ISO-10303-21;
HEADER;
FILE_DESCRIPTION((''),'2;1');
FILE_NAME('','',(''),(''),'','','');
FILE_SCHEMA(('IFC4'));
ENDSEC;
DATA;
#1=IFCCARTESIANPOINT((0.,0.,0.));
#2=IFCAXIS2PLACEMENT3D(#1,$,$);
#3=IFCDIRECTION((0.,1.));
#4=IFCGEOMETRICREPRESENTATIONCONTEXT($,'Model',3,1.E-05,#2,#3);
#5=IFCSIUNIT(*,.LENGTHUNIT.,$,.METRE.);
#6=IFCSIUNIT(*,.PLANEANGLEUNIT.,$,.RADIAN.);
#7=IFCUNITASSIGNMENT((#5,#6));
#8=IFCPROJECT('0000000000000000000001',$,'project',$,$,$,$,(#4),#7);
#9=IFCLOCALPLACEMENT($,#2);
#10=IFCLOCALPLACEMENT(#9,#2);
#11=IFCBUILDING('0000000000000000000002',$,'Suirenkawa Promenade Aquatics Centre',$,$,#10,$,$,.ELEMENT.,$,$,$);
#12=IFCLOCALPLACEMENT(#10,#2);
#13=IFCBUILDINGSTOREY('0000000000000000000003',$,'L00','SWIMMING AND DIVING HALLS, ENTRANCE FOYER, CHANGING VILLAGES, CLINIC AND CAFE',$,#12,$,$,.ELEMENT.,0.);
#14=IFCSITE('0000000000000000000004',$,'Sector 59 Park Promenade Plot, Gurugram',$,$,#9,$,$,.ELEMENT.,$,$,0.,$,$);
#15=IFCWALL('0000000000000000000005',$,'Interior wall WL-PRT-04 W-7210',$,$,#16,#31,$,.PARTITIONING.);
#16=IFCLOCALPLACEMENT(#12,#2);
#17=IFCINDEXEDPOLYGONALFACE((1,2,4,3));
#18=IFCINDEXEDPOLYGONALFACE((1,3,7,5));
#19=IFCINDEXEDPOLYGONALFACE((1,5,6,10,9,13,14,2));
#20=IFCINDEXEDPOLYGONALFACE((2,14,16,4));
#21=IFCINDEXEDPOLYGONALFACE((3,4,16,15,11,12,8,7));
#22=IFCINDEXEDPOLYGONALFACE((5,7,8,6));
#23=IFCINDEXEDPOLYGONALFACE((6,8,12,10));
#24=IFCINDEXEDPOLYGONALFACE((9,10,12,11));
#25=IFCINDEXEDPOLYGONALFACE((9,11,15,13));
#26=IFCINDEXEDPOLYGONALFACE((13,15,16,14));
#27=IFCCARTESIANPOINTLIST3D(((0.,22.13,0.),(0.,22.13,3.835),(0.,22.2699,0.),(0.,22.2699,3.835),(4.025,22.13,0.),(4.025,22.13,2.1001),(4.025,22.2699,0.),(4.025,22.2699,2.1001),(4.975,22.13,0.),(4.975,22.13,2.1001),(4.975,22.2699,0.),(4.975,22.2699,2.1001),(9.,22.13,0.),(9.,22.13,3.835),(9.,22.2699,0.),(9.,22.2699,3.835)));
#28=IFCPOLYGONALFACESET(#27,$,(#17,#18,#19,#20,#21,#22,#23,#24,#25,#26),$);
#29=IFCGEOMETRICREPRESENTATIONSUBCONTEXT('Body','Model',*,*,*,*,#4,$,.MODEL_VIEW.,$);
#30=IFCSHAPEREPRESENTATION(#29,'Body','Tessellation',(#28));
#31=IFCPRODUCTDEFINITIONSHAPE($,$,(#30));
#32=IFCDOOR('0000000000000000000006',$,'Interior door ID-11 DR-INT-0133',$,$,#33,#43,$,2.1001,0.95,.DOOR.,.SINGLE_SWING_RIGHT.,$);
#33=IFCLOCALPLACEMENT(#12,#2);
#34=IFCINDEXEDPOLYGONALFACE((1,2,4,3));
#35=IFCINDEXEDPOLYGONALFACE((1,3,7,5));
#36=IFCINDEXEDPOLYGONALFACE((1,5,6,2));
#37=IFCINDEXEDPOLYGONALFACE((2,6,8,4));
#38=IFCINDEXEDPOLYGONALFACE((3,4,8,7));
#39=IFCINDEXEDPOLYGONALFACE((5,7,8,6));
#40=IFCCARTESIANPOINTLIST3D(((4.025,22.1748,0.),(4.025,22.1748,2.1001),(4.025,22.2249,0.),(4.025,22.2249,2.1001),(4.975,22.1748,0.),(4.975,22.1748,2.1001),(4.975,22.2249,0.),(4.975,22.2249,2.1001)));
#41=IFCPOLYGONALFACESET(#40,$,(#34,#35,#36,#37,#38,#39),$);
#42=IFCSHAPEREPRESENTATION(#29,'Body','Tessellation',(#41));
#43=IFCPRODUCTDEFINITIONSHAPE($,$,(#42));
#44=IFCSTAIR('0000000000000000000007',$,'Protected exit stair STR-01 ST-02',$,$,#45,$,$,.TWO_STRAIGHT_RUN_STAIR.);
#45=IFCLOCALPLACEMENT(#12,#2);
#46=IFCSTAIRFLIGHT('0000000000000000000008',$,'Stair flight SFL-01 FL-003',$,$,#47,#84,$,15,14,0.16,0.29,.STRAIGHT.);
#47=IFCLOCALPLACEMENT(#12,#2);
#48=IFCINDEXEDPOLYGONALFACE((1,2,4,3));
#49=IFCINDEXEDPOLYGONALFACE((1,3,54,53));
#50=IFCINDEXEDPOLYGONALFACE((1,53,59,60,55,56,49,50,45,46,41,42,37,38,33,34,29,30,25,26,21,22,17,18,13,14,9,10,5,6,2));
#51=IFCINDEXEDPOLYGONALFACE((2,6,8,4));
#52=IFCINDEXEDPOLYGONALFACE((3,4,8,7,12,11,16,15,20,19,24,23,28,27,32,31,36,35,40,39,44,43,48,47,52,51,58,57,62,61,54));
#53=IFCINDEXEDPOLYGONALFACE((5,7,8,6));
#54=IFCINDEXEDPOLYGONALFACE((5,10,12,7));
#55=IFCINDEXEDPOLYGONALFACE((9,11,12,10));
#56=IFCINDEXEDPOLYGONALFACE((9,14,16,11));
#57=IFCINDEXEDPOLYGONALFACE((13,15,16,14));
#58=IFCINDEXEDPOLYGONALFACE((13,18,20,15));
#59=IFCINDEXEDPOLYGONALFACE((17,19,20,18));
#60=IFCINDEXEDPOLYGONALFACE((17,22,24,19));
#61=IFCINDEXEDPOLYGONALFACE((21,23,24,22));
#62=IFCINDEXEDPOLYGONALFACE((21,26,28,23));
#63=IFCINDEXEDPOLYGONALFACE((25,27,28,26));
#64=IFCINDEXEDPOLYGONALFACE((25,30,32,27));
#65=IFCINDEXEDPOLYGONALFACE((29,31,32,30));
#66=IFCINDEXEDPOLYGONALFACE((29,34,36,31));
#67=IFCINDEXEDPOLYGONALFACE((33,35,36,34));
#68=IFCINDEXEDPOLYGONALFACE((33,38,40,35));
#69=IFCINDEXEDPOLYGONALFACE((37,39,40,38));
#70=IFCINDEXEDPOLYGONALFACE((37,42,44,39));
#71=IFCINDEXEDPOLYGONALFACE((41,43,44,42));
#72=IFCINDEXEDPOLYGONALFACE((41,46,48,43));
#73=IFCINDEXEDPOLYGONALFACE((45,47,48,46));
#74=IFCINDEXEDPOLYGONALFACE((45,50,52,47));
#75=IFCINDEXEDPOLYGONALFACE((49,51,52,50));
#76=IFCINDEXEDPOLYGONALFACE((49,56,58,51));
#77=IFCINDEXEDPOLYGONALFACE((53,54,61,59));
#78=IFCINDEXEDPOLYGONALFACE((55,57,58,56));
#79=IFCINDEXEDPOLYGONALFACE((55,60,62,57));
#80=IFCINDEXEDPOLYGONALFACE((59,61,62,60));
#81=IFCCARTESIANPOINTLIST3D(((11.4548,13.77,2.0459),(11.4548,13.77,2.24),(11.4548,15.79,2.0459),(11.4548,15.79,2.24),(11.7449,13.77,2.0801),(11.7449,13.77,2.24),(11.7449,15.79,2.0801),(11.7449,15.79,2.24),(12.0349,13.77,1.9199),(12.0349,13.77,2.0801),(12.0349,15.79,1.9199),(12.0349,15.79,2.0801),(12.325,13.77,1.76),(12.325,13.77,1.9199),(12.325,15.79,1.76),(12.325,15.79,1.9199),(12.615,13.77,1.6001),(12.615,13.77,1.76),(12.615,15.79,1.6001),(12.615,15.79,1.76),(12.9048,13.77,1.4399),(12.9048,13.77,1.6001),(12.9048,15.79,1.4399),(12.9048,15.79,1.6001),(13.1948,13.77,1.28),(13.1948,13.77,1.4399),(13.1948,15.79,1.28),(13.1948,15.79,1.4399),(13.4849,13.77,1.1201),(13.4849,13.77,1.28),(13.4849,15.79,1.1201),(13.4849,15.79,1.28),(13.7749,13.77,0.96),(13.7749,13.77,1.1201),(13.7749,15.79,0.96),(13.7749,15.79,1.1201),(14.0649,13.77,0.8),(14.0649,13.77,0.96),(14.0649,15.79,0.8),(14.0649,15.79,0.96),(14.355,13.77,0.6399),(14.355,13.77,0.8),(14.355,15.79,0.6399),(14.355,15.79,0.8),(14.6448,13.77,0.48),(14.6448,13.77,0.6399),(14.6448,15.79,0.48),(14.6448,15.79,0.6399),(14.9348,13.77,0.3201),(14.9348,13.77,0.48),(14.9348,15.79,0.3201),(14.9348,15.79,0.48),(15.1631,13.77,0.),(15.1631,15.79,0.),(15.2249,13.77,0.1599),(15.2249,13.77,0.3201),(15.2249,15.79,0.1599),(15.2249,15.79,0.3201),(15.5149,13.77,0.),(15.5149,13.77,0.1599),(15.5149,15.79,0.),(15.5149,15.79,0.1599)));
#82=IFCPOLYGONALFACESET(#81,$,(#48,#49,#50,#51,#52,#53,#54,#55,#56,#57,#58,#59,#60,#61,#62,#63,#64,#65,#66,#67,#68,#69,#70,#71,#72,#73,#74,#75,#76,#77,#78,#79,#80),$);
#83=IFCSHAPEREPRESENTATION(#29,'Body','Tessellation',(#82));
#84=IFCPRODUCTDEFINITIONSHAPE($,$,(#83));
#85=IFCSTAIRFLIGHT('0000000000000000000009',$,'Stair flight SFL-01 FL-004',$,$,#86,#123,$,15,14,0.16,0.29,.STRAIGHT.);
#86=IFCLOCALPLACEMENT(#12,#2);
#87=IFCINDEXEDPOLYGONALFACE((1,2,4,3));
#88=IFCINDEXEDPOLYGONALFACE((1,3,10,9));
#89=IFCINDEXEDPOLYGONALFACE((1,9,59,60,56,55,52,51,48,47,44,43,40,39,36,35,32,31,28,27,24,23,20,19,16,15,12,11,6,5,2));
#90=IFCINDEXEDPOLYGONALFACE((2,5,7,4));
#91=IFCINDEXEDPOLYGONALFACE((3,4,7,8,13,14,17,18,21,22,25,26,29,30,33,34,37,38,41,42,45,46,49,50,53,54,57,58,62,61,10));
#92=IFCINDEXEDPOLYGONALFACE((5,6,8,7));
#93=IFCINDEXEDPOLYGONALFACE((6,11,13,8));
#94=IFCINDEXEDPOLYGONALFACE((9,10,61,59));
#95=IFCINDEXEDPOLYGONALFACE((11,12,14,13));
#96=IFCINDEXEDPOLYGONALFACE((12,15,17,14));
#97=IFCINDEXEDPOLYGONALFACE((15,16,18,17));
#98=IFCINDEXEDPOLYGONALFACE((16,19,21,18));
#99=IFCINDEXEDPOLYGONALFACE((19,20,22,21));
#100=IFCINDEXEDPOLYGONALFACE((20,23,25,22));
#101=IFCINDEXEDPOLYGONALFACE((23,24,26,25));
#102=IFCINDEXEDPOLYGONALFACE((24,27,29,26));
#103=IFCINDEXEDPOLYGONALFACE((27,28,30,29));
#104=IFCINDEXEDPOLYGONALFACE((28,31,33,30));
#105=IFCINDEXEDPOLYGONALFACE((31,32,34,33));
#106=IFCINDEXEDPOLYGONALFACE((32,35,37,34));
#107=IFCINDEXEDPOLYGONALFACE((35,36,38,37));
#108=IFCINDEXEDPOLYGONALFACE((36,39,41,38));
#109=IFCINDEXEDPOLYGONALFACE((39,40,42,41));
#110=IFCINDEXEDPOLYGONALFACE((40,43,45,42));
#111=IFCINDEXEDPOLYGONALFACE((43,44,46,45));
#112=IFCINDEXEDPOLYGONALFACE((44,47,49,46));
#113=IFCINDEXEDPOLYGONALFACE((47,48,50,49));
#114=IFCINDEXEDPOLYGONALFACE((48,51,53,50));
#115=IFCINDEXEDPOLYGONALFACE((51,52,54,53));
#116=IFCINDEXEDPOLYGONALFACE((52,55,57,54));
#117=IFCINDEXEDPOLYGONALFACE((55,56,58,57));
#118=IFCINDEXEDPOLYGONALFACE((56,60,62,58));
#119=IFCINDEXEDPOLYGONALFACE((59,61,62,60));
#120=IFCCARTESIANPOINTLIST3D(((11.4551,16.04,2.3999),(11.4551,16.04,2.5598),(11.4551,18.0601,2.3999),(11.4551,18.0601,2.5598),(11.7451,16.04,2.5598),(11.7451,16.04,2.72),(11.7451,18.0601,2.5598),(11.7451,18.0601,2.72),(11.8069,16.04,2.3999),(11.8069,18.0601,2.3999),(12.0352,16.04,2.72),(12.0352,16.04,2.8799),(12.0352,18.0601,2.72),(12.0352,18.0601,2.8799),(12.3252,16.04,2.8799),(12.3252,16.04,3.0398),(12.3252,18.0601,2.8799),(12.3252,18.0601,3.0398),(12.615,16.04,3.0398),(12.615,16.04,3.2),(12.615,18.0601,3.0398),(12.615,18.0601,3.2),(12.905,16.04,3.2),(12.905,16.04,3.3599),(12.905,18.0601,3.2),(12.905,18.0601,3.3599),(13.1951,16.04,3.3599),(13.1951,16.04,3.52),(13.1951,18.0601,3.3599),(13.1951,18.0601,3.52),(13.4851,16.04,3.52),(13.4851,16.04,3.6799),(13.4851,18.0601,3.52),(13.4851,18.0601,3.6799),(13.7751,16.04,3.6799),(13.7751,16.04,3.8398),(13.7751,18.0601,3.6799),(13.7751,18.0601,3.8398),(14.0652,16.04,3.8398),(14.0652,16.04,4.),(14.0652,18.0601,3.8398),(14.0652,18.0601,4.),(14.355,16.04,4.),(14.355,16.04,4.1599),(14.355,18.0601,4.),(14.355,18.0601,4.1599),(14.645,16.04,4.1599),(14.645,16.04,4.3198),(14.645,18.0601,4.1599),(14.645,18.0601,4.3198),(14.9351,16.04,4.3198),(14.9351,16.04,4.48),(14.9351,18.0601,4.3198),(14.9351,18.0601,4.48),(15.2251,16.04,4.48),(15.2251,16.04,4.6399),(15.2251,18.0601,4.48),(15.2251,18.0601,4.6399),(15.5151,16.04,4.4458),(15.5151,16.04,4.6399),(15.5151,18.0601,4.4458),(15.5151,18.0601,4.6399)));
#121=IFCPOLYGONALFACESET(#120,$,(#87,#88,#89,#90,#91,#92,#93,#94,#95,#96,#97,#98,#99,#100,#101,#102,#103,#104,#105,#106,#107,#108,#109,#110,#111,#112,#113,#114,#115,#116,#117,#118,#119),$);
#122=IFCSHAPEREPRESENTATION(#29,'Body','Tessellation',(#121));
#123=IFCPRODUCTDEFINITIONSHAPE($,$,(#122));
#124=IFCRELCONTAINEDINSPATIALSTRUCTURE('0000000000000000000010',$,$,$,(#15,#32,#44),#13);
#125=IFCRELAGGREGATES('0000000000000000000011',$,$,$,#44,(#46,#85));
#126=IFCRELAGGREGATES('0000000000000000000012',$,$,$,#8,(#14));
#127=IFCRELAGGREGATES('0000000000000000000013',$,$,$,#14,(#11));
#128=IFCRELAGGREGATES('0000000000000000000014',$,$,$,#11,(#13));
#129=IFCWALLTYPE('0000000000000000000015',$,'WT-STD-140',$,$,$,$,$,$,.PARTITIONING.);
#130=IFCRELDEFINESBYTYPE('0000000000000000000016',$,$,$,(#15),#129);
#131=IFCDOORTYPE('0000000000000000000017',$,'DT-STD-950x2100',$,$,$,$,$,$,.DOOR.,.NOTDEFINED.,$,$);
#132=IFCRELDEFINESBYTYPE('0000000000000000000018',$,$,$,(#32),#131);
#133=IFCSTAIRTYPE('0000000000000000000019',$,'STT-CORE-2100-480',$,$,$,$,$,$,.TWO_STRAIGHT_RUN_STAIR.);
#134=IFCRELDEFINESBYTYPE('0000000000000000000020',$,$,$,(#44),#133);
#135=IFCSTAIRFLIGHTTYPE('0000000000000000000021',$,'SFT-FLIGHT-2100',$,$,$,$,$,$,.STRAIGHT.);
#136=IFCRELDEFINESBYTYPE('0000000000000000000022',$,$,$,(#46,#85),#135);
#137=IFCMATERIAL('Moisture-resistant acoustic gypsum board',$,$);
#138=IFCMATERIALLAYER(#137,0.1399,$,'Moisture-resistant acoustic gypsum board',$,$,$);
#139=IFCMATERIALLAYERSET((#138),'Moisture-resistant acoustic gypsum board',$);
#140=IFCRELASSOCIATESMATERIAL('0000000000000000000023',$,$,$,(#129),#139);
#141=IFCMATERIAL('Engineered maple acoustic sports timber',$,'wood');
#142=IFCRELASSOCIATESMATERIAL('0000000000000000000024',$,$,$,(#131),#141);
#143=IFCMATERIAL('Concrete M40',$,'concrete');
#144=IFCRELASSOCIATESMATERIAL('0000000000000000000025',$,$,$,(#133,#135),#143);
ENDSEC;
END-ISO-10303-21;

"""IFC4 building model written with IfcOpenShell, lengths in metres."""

from ifc_helpers import new_model, si_unit, direction, frame, frame_2d, origin, place, context, subcontext, project, spatial, polyline, rectangle, outline, extrude, material, layer, layer_set, type_object, element, fill, aggregate, save


model = new_model("IFC4")

# Units and contexts
model_context = context("Model", 3, precision=1e-05, world=origin(), true_north=direction((0.0, 1.0)))
body_context = subcontext(model_context, "Body", "Model", "MODEL_VIEW")
ifc_project = project(units=[si_unit("LENGTHUNIT", "METRE"), si_unit("PLANEANGLEUNIT", "RADIAN")], contexts=[model_context])

# Site, building, storey
site_placement = place(None, origin())
site = spatial("IfcSite", under=ifc_project, at=site_placement, Name="Sector 59 Park Promenade Plot, Gurugram", CompositionType="ELEMENT", RefElevation=0.0)
building_placement = place(site_placement, origin())
building = spatial("IfcBuilding", under=site, at=building_placement, Name="Suirenkawa Promenade Aquatics Centre", CompositionType="ELEMENT")
storey_placement = place(building_placement, origin())
storey = spatial("IfcBuildingStorey", under=building, at=storey_placement, Name="L00", Description="SWIMMING AND DIVING HALLS, ENTRANCE FOYER, CHANGING VILLAGES, CLINIC AND CAFE", CompositionType="ELEMENT", Elevation=0.0)

# Shared definitions
ifc_material_1 = material(Name="Concrete M40", Category="concrete")

# Shared definitions
ifc_material_2 = material(Name="Moisture-resistant acoustic gypsum board")

# Wall, opening, door
ifc_layer_1 = layer(ifc_material_2, 0.1399, Name="Moisture-resistant acoustic gypsum board")
ifc_layer_set_1 = layer_set([ifc_layer_1], Name="Moisture-resistant acoustic gypsum board")
wall_type_1 = type_object("IfcWallType", Name="WT-STD-140", PredefinedType="PARTITIONING", material=ifc_layer_set_1)
wall_1_placement = place(storey_placement, frame((0.0, 22.2, 0.0), z_axis=(0.0, 0.0, 1.0), x_axis=(1.0, 0.0, 0.0)))
wall_1 = element("IfcWall", 1, at=wall_1_placement, inside=storey, type_object=wall_type_1, Name="Interior wall WL-PRT-04 W-7210", PredefinedType="PARTITIONING", context=body_context, shape_type="SweptSolid", body=[
    extrude(rectangle(XDim=9.0, YDim=0.1399, at=frame_2d((4.5, 0.0))), origin(), (0.0, 0.0, 1.0), 3.835),
])
opening_1_placement = place(wall_1_placement, frame((4.0249, 0.0, 0.0)))
opening_1 = element("IfcOpeningElement", 2, at=opening_1_placement, cuts=wall_1, PredefinedType="OPENING", context=body_context, shape_type="SweptSolid", body=[
    extrude(rectangle(XDim=0.95, YDim=2.1001, at=frame_2d((0.4751, 1.05))), frame((0.0, 0.0798, 0.0), z_axis=(0.0, -1.0, 0.0), x_axis=(1.0, 0.0, 0.0)), (0.0, 0.0, 1.0), 0.1599),
])
ifc_material_3 = material(Name="Engineered maple acoustic sports timber", Category="wood")
door_type = type_object("IfcDoorType", Name="DT-STD-950x2100", OperationType="NOTDEFINED", PredefinedType="DOOR", material=ifc_material_3)
door_placement = place(opening_1_placement, origin())
door = element("IfcDoor", 3, at=door_placement, inside=storey, type_object=door_type, Name="Interior door ID-11 DR-INT-0133", OperationType="SINGLE_SWING_RIGHT", OverallHeight=2.1001, OverallWidth=0.95, PredefinedType="DOOR", context=body_context, shape_type="SweptSolid", body=[
    extrude(rectangle(XDim=0.95, YDim=2.1001, at=frame_2d((0.4751, 1.05))), frame((0.0, 0.0249, 0.0), z_axis=(0.0, -1.0, 0.0), x_axis=(1.0, 0.0, 0.0)), (0.0, 0.0, 1.0), 0.05),
])
fill(opening_1, door)

# Stair, stair flights
stair_type = type_object("IfcStairType", Name="STT-CORE-2100-480", PredefinedType="TWO_STRAIGHT_RUN_STAIR", material=ifc_material_1)
stair_placement = place(storey_placement, origin())
stair = element("IfcStair", 4, at=stair_placement, inside=storey, type_object=stair_type, Name="Protected exit stair STR-01 ST-02", PredefinedType="TWO_STRAIGHT_RUN_STAIR")
stair_flight_type = type_object("IfcStairFlightType", Name="SFT-FLIGHT-2100", PredefinedType="STRAIGHT", material=ifc_material_1)
stair_flight_1_placement = place(storey_placement, frame((15.5149, 14.78, 0.0), z_axis=(0.0, 0.0, 1.0), x_axis=(-1.0, 0.0, 0.0)))
stair_flight_1 = element("IfcStairFlight", 5, at=stair_flight_1_placement, type_object=stair_flight_type, Name="Stair flight SFL-01 FL-003", NumberOfRisers=15, NumberOfTreads=14, PredefinedType="STRAIGHT", RiserHeight=0.16, TreadLength=0.29, context=body_context, shape_type="SweptSolid", body=[
    extrude(outline(polyline([(0.0, 0.0), (0.0, 0.1599), (0.29, 0.1599), (0.29, 0.3201), (0.5801, 0.3201), (0.5801, 0.48), (0.8701, 0.48), (0.8701, 0.6399), (1.1599, 0.6399), (1.1599, 0.8), (1.45, 0.8), (1.45, 0.96), (1.74, 0.96), (1.74, 1.1201), (2.03, 1.1201), (2.03, 1.28), (2.3201, 1.28), (2.3201, 1.4399), (2.6101, 1.4399), (2.6101, 1.6001), (2.8999, 1.6001), (2.8999, 1.76), (3.1899, 1.76), (3.1899, 1.9199), (3.48, 1.9199), (3.48, 2.0801), (3.77, 2.0801), (3.77, 2.24), (4.0601, 2.24), (4.0601, 2.3999), (4.0601, 2.0459), (0.3518, 0.0), (0.0, 0.0)])), frame((0.0, 1.01, 0.0), z_axis=(0.0, -1.0, 0.0), x_axis=(1.0, 0.0, 0.0)), (0.0, 0.0, 1.0), 2.02),
])
stair_flight_2_placement = place(storey_placement, frame((11.4551, 17.05, 2.3999), z_axis=(0.0, 0.0, 1.0), x_axis=(1.0, 0.0, 0.0)))
stair_flight_2 = element("IfcStairFlight", 6, at=stair_flight_2_placement, type_object=stair_flight_type, Name="Stair flight SFL-01 FL-004", NumberOfRisers=15, NumberOfTreads=14, PredefinedType="STRAIGHT", RiserHeight=0.16, TreadLength=0.29, context=body_context, shape_type="SweptSolid", body=[
    extrude(outline(polyline([(0.0, 0.0), (0.0, 0.1599), (0.29, 0.1599), (0.29, 0.3201), (0.5801, 0.3201), (0.5801, 0.48), (0.8701, 0.48), (0.8701, 0.6399), (1.1599, 0.6399), (1.1599, 0.8), (1.45, 0.8), (1.45, 0.96), (1.74, 0.96), (1.74, 1.1201), (2.03, 1.1201), (2.03, 1.28), (2.3201, 1.28), (2.3201, 1.4399), (2.6101, 1.4399), (2.6101, 1.6001), (2.8999, 1.6001), (2.8999, 1.76), (3.1899, 1.76), (3.1899, 1.9199), (3.48, 1.9199), (3.48, 2.0801), (3.77, 2.0801), (3.77, 2.24), (4.0601, 2.24), (4.0601, 2.3999), (4.0601, 2.0459), (0.3518, 0.0), (0.0, 0.0)])), frame((0.0, 1.01, 0.0), z_axis=(0.0, -1.0, 0.0), x_axis=(1.0, 0.0, 0.0)), (0.0, 0.0, 1.0), 2.02),
])
aggregate(stair, [stair_flight_1, stair_flight_2])

save(model, "model.ifc")
